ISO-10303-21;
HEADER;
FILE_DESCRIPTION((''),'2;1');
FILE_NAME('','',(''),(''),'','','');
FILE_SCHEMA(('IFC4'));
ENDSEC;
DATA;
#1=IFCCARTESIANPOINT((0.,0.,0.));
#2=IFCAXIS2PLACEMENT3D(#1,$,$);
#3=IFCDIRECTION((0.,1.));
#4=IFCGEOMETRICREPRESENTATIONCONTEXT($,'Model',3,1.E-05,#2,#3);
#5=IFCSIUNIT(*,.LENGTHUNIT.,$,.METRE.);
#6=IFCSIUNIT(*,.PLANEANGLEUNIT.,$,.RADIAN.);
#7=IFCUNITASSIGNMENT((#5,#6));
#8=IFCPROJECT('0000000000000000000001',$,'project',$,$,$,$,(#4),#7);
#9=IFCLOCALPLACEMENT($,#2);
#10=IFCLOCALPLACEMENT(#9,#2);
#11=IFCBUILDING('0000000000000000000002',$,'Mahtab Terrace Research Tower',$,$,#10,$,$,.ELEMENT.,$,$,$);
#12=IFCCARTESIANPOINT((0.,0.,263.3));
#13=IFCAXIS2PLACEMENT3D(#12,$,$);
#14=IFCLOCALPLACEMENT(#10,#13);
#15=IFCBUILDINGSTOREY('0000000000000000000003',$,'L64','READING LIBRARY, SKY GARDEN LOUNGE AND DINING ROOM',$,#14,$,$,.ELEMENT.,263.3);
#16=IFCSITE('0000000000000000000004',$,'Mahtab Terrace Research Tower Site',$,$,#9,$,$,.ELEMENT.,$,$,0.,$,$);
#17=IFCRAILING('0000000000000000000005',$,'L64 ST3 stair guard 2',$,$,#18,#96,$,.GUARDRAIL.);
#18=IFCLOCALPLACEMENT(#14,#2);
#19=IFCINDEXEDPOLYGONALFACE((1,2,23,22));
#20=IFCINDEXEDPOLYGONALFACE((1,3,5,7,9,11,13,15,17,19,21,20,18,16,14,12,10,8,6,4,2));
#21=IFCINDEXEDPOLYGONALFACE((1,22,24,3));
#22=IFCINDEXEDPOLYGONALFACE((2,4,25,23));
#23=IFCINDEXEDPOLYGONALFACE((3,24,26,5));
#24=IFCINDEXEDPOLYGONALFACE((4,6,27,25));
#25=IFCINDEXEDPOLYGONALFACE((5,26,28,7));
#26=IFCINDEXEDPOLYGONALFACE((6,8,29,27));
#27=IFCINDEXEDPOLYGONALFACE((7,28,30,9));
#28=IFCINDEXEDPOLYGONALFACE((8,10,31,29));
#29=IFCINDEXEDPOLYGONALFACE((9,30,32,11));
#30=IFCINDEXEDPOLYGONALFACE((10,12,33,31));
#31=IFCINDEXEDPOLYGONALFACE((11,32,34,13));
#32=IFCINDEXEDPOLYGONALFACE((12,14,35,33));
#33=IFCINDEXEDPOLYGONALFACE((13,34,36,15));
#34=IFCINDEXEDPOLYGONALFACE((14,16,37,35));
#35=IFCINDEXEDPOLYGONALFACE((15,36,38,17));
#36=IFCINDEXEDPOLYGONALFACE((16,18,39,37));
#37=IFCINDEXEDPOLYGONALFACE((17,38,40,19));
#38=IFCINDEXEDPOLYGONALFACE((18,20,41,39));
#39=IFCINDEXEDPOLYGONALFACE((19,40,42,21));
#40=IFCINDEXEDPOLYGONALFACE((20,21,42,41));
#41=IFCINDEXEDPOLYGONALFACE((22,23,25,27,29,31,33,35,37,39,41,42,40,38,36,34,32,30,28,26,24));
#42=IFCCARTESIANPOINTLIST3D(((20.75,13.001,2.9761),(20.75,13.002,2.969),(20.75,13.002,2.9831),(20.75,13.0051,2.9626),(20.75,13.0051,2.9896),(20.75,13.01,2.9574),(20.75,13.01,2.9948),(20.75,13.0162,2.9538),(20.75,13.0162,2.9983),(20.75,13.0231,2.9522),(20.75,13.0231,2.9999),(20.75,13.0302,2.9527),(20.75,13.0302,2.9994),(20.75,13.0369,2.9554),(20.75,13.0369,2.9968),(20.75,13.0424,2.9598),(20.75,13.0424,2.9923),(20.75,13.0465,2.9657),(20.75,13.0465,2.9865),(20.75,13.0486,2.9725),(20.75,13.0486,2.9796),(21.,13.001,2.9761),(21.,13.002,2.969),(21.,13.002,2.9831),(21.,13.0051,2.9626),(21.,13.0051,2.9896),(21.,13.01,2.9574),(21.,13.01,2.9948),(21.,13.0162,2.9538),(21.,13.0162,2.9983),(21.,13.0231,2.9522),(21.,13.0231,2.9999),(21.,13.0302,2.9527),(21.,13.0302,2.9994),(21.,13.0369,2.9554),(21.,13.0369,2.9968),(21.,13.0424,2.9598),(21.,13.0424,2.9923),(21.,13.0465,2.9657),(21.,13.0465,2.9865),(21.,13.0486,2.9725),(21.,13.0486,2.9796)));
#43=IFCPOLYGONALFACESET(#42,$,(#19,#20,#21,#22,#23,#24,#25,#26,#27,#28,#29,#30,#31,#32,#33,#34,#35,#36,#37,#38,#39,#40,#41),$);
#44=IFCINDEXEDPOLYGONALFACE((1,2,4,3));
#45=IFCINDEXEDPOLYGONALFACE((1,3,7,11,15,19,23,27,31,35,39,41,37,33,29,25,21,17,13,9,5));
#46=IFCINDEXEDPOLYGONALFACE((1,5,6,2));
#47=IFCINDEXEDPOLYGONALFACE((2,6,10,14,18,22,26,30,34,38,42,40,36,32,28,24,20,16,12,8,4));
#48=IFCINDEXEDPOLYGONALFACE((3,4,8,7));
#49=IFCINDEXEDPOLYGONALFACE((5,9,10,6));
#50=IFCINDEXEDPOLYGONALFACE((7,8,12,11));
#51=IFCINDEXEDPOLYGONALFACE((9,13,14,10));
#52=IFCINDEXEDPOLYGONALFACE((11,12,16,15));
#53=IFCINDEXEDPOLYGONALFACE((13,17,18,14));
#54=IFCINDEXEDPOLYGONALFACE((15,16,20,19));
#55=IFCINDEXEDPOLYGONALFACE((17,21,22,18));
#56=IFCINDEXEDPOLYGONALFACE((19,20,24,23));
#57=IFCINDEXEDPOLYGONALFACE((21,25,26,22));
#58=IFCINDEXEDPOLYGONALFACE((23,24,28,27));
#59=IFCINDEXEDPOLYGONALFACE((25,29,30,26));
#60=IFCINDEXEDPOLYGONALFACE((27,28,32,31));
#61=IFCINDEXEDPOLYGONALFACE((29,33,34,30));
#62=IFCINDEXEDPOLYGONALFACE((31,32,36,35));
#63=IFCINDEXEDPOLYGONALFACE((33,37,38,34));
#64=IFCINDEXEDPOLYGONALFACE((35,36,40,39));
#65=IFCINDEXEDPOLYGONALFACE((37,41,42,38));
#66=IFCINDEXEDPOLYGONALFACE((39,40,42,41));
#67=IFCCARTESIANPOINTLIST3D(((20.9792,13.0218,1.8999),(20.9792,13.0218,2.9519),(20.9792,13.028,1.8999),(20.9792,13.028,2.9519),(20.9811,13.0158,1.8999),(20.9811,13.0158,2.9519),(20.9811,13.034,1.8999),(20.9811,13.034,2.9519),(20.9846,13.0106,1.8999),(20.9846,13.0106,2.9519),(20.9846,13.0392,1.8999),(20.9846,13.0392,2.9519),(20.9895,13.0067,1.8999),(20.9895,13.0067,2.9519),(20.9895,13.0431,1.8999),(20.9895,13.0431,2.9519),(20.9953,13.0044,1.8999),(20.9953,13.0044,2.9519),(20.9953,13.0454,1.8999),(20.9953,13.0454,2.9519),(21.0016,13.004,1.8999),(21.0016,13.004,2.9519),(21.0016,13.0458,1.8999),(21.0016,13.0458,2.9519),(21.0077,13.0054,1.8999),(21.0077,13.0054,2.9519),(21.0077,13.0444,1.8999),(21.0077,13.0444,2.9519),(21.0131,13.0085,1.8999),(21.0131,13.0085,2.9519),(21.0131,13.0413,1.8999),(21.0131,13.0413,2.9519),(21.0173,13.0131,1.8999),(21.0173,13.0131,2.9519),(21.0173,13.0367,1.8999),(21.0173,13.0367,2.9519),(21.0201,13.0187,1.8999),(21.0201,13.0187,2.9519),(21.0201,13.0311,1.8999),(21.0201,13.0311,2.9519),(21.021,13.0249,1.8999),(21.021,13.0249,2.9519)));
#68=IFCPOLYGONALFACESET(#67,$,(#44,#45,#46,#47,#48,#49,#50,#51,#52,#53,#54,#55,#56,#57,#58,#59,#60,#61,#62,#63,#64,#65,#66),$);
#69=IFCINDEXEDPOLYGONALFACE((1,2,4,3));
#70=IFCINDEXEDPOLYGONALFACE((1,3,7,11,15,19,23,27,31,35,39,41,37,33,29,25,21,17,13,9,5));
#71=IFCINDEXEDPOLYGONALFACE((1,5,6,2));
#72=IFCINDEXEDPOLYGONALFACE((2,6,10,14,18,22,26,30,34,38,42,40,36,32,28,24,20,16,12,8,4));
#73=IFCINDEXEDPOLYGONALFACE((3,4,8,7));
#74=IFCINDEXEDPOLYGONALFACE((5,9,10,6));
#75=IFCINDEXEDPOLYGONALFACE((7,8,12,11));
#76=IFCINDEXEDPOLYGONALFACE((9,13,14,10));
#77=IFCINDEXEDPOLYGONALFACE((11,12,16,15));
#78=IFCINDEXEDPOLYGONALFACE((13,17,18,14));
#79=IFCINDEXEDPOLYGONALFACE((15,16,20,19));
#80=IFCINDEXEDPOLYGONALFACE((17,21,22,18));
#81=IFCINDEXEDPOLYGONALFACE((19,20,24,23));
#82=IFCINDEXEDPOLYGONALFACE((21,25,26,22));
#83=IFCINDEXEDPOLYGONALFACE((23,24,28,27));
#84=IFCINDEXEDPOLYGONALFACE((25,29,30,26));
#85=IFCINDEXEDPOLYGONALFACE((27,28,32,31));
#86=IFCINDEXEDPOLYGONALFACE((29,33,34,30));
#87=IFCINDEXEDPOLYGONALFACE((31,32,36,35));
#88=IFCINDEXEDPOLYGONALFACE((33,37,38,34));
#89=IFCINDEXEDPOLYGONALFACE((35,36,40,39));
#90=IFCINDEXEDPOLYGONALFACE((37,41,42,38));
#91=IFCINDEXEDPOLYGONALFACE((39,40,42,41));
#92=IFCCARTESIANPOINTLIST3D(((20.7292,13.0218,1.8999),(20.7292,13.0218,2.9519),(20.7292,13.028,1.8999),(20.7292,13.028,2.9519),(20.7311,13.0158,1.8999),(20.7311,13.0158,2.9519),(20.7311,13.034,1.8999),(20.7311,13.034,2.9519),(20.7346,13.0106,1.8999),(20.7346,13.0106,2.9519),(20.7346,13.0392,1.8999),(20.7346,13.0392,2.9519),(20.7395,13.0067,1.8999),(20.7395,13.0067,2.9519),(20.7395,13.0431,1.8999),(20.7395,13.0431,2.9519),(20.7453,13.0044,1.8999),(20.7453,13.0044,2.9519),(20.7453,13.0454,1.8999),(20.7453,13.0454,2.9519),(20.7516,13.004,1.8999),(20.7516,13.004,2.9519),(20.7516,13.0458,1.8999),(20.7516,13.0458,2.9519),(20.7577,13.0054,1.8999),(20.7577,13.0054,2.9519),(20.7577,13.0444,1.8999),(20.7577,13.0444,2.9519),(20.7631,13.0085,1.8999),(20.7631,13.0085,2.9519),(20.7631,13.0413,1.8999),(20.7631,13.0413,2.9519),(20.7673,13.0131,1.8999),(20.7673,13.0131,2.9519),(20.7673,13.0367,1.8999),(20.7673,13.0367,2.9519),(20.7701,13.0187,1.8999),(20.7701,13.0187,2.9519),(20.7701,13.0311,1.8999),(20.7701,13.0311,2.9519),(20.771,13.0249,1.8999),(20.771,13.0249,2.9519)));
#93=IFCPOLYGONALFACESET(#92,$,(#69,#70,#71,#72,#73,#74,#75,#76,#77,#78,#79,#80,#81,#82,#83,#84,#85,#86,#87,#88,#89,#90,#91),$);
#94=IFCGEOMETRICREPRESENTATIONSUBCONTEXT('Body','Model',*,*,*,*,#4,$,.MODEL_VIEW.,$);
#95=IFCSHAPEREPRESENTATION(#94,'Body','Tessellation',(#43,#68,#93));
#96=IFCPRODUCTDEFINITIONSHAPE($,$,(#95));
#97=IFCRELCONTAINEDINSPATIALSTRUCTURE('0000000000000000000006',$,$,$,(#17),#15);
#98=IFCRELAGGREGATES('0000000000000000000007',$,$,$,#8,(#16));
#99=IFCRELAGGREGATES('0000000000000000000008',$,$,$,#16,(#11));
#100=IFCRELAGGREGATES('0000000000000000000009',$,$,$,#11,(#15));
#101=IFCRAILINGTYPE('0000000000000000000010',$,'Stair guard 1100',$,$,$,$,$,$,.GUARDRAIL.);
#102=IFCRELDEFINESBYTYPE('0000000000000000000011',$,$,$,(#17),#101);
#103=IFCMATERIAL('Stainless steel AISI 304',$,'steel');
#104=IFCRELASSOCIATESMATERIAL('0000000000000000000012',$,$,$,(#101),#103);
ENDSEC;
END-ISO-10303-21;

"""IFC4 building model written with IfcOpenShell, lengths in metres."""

from ifc_helpers import new_model, si_unit, direction, frame, origin, origin_2d, place, context, subcontext, project, spatial, circle, extrude, material, type_object, element, save


model = new_model("IFC4")

# Units and contexts
model_context = context("Model", 3, precision=1e-05, world=origin(), true_north=direction((0.0, 1.0)))
body_context = subcontext(model_context, "Body", "Model", "MODEL_VIEW")
ifc_project = project(units=[si_unit("LENGTHUNIT", "METRE"), si_unit("PLANEANGLEUNIT", "RADIAN")], contexts=[model_context])

# Site, building, storey
site_placement = place(None, origin())
site = spatial("IfcSite", under=ifc_project, at=site_placement, Name="Mahtab Terrace Research Tower Site", CompositionType="ELEMENT", RefElevation=0.0)
building_placement = place(site_placement, origin())
building = spatial("IfcBuilding", under=site, at=building_placement, Name="Mahtab Terrace Research Tower", CompositionType="ELEMENT")
storey_placement = place(building_placement, frame((0.0, 0.0, 263.3)))
storey = spatial("IfcBuildingStorey", under=building, at=storey_placement, Name="L64", Description="READING LIBRARY, SKY GARDEN LOUNGE AND DINING ROOM", CompositionType="ELEMENT", Elevation=263.3)

# Shared definitions
ifc_material_1 = material(Name="Stainless steel AISI 304", Category="steel")

# Railing
railing_type_1 = type_object("IfcRailingType", Name="Stair guard 1100", PredefinedType="GUARDRAIL", material=ifc_material_1)
railing_1_placement = place(storey_placement, frame((21.0, 13.0249, 1.8999)))
element("IfcRailing", 1, at=railing_1_placement, inside=storey, type_object=railing_type_1, Name="L64 ST3 stair guard 2", PredefinedType="GUARDRAIL", context=body_context, shape_type="SweptSolid", body=[
    extrude(circle(Radius=0.0239, at=origin_2d()), frame((0.0, 0.0, 1.0762), z_axis=(-1.0, 0.0, 0.0), x_axis=(0.0, -1.0, 0.0)), (0.0, 0.0, 1.0), 0.25),
    extrude(circle(Radius=0.021, at=origin_2d()), origin(), (0.0, 0.0, 1.0), 1.052),
    extrude(circle(Radius=0.021, at=origin_2d()), frame((-0.25, 0.0, 0.0)), (0.0, 0.0, 1.0), 1.052),
])

save(model, "model.ifc")
